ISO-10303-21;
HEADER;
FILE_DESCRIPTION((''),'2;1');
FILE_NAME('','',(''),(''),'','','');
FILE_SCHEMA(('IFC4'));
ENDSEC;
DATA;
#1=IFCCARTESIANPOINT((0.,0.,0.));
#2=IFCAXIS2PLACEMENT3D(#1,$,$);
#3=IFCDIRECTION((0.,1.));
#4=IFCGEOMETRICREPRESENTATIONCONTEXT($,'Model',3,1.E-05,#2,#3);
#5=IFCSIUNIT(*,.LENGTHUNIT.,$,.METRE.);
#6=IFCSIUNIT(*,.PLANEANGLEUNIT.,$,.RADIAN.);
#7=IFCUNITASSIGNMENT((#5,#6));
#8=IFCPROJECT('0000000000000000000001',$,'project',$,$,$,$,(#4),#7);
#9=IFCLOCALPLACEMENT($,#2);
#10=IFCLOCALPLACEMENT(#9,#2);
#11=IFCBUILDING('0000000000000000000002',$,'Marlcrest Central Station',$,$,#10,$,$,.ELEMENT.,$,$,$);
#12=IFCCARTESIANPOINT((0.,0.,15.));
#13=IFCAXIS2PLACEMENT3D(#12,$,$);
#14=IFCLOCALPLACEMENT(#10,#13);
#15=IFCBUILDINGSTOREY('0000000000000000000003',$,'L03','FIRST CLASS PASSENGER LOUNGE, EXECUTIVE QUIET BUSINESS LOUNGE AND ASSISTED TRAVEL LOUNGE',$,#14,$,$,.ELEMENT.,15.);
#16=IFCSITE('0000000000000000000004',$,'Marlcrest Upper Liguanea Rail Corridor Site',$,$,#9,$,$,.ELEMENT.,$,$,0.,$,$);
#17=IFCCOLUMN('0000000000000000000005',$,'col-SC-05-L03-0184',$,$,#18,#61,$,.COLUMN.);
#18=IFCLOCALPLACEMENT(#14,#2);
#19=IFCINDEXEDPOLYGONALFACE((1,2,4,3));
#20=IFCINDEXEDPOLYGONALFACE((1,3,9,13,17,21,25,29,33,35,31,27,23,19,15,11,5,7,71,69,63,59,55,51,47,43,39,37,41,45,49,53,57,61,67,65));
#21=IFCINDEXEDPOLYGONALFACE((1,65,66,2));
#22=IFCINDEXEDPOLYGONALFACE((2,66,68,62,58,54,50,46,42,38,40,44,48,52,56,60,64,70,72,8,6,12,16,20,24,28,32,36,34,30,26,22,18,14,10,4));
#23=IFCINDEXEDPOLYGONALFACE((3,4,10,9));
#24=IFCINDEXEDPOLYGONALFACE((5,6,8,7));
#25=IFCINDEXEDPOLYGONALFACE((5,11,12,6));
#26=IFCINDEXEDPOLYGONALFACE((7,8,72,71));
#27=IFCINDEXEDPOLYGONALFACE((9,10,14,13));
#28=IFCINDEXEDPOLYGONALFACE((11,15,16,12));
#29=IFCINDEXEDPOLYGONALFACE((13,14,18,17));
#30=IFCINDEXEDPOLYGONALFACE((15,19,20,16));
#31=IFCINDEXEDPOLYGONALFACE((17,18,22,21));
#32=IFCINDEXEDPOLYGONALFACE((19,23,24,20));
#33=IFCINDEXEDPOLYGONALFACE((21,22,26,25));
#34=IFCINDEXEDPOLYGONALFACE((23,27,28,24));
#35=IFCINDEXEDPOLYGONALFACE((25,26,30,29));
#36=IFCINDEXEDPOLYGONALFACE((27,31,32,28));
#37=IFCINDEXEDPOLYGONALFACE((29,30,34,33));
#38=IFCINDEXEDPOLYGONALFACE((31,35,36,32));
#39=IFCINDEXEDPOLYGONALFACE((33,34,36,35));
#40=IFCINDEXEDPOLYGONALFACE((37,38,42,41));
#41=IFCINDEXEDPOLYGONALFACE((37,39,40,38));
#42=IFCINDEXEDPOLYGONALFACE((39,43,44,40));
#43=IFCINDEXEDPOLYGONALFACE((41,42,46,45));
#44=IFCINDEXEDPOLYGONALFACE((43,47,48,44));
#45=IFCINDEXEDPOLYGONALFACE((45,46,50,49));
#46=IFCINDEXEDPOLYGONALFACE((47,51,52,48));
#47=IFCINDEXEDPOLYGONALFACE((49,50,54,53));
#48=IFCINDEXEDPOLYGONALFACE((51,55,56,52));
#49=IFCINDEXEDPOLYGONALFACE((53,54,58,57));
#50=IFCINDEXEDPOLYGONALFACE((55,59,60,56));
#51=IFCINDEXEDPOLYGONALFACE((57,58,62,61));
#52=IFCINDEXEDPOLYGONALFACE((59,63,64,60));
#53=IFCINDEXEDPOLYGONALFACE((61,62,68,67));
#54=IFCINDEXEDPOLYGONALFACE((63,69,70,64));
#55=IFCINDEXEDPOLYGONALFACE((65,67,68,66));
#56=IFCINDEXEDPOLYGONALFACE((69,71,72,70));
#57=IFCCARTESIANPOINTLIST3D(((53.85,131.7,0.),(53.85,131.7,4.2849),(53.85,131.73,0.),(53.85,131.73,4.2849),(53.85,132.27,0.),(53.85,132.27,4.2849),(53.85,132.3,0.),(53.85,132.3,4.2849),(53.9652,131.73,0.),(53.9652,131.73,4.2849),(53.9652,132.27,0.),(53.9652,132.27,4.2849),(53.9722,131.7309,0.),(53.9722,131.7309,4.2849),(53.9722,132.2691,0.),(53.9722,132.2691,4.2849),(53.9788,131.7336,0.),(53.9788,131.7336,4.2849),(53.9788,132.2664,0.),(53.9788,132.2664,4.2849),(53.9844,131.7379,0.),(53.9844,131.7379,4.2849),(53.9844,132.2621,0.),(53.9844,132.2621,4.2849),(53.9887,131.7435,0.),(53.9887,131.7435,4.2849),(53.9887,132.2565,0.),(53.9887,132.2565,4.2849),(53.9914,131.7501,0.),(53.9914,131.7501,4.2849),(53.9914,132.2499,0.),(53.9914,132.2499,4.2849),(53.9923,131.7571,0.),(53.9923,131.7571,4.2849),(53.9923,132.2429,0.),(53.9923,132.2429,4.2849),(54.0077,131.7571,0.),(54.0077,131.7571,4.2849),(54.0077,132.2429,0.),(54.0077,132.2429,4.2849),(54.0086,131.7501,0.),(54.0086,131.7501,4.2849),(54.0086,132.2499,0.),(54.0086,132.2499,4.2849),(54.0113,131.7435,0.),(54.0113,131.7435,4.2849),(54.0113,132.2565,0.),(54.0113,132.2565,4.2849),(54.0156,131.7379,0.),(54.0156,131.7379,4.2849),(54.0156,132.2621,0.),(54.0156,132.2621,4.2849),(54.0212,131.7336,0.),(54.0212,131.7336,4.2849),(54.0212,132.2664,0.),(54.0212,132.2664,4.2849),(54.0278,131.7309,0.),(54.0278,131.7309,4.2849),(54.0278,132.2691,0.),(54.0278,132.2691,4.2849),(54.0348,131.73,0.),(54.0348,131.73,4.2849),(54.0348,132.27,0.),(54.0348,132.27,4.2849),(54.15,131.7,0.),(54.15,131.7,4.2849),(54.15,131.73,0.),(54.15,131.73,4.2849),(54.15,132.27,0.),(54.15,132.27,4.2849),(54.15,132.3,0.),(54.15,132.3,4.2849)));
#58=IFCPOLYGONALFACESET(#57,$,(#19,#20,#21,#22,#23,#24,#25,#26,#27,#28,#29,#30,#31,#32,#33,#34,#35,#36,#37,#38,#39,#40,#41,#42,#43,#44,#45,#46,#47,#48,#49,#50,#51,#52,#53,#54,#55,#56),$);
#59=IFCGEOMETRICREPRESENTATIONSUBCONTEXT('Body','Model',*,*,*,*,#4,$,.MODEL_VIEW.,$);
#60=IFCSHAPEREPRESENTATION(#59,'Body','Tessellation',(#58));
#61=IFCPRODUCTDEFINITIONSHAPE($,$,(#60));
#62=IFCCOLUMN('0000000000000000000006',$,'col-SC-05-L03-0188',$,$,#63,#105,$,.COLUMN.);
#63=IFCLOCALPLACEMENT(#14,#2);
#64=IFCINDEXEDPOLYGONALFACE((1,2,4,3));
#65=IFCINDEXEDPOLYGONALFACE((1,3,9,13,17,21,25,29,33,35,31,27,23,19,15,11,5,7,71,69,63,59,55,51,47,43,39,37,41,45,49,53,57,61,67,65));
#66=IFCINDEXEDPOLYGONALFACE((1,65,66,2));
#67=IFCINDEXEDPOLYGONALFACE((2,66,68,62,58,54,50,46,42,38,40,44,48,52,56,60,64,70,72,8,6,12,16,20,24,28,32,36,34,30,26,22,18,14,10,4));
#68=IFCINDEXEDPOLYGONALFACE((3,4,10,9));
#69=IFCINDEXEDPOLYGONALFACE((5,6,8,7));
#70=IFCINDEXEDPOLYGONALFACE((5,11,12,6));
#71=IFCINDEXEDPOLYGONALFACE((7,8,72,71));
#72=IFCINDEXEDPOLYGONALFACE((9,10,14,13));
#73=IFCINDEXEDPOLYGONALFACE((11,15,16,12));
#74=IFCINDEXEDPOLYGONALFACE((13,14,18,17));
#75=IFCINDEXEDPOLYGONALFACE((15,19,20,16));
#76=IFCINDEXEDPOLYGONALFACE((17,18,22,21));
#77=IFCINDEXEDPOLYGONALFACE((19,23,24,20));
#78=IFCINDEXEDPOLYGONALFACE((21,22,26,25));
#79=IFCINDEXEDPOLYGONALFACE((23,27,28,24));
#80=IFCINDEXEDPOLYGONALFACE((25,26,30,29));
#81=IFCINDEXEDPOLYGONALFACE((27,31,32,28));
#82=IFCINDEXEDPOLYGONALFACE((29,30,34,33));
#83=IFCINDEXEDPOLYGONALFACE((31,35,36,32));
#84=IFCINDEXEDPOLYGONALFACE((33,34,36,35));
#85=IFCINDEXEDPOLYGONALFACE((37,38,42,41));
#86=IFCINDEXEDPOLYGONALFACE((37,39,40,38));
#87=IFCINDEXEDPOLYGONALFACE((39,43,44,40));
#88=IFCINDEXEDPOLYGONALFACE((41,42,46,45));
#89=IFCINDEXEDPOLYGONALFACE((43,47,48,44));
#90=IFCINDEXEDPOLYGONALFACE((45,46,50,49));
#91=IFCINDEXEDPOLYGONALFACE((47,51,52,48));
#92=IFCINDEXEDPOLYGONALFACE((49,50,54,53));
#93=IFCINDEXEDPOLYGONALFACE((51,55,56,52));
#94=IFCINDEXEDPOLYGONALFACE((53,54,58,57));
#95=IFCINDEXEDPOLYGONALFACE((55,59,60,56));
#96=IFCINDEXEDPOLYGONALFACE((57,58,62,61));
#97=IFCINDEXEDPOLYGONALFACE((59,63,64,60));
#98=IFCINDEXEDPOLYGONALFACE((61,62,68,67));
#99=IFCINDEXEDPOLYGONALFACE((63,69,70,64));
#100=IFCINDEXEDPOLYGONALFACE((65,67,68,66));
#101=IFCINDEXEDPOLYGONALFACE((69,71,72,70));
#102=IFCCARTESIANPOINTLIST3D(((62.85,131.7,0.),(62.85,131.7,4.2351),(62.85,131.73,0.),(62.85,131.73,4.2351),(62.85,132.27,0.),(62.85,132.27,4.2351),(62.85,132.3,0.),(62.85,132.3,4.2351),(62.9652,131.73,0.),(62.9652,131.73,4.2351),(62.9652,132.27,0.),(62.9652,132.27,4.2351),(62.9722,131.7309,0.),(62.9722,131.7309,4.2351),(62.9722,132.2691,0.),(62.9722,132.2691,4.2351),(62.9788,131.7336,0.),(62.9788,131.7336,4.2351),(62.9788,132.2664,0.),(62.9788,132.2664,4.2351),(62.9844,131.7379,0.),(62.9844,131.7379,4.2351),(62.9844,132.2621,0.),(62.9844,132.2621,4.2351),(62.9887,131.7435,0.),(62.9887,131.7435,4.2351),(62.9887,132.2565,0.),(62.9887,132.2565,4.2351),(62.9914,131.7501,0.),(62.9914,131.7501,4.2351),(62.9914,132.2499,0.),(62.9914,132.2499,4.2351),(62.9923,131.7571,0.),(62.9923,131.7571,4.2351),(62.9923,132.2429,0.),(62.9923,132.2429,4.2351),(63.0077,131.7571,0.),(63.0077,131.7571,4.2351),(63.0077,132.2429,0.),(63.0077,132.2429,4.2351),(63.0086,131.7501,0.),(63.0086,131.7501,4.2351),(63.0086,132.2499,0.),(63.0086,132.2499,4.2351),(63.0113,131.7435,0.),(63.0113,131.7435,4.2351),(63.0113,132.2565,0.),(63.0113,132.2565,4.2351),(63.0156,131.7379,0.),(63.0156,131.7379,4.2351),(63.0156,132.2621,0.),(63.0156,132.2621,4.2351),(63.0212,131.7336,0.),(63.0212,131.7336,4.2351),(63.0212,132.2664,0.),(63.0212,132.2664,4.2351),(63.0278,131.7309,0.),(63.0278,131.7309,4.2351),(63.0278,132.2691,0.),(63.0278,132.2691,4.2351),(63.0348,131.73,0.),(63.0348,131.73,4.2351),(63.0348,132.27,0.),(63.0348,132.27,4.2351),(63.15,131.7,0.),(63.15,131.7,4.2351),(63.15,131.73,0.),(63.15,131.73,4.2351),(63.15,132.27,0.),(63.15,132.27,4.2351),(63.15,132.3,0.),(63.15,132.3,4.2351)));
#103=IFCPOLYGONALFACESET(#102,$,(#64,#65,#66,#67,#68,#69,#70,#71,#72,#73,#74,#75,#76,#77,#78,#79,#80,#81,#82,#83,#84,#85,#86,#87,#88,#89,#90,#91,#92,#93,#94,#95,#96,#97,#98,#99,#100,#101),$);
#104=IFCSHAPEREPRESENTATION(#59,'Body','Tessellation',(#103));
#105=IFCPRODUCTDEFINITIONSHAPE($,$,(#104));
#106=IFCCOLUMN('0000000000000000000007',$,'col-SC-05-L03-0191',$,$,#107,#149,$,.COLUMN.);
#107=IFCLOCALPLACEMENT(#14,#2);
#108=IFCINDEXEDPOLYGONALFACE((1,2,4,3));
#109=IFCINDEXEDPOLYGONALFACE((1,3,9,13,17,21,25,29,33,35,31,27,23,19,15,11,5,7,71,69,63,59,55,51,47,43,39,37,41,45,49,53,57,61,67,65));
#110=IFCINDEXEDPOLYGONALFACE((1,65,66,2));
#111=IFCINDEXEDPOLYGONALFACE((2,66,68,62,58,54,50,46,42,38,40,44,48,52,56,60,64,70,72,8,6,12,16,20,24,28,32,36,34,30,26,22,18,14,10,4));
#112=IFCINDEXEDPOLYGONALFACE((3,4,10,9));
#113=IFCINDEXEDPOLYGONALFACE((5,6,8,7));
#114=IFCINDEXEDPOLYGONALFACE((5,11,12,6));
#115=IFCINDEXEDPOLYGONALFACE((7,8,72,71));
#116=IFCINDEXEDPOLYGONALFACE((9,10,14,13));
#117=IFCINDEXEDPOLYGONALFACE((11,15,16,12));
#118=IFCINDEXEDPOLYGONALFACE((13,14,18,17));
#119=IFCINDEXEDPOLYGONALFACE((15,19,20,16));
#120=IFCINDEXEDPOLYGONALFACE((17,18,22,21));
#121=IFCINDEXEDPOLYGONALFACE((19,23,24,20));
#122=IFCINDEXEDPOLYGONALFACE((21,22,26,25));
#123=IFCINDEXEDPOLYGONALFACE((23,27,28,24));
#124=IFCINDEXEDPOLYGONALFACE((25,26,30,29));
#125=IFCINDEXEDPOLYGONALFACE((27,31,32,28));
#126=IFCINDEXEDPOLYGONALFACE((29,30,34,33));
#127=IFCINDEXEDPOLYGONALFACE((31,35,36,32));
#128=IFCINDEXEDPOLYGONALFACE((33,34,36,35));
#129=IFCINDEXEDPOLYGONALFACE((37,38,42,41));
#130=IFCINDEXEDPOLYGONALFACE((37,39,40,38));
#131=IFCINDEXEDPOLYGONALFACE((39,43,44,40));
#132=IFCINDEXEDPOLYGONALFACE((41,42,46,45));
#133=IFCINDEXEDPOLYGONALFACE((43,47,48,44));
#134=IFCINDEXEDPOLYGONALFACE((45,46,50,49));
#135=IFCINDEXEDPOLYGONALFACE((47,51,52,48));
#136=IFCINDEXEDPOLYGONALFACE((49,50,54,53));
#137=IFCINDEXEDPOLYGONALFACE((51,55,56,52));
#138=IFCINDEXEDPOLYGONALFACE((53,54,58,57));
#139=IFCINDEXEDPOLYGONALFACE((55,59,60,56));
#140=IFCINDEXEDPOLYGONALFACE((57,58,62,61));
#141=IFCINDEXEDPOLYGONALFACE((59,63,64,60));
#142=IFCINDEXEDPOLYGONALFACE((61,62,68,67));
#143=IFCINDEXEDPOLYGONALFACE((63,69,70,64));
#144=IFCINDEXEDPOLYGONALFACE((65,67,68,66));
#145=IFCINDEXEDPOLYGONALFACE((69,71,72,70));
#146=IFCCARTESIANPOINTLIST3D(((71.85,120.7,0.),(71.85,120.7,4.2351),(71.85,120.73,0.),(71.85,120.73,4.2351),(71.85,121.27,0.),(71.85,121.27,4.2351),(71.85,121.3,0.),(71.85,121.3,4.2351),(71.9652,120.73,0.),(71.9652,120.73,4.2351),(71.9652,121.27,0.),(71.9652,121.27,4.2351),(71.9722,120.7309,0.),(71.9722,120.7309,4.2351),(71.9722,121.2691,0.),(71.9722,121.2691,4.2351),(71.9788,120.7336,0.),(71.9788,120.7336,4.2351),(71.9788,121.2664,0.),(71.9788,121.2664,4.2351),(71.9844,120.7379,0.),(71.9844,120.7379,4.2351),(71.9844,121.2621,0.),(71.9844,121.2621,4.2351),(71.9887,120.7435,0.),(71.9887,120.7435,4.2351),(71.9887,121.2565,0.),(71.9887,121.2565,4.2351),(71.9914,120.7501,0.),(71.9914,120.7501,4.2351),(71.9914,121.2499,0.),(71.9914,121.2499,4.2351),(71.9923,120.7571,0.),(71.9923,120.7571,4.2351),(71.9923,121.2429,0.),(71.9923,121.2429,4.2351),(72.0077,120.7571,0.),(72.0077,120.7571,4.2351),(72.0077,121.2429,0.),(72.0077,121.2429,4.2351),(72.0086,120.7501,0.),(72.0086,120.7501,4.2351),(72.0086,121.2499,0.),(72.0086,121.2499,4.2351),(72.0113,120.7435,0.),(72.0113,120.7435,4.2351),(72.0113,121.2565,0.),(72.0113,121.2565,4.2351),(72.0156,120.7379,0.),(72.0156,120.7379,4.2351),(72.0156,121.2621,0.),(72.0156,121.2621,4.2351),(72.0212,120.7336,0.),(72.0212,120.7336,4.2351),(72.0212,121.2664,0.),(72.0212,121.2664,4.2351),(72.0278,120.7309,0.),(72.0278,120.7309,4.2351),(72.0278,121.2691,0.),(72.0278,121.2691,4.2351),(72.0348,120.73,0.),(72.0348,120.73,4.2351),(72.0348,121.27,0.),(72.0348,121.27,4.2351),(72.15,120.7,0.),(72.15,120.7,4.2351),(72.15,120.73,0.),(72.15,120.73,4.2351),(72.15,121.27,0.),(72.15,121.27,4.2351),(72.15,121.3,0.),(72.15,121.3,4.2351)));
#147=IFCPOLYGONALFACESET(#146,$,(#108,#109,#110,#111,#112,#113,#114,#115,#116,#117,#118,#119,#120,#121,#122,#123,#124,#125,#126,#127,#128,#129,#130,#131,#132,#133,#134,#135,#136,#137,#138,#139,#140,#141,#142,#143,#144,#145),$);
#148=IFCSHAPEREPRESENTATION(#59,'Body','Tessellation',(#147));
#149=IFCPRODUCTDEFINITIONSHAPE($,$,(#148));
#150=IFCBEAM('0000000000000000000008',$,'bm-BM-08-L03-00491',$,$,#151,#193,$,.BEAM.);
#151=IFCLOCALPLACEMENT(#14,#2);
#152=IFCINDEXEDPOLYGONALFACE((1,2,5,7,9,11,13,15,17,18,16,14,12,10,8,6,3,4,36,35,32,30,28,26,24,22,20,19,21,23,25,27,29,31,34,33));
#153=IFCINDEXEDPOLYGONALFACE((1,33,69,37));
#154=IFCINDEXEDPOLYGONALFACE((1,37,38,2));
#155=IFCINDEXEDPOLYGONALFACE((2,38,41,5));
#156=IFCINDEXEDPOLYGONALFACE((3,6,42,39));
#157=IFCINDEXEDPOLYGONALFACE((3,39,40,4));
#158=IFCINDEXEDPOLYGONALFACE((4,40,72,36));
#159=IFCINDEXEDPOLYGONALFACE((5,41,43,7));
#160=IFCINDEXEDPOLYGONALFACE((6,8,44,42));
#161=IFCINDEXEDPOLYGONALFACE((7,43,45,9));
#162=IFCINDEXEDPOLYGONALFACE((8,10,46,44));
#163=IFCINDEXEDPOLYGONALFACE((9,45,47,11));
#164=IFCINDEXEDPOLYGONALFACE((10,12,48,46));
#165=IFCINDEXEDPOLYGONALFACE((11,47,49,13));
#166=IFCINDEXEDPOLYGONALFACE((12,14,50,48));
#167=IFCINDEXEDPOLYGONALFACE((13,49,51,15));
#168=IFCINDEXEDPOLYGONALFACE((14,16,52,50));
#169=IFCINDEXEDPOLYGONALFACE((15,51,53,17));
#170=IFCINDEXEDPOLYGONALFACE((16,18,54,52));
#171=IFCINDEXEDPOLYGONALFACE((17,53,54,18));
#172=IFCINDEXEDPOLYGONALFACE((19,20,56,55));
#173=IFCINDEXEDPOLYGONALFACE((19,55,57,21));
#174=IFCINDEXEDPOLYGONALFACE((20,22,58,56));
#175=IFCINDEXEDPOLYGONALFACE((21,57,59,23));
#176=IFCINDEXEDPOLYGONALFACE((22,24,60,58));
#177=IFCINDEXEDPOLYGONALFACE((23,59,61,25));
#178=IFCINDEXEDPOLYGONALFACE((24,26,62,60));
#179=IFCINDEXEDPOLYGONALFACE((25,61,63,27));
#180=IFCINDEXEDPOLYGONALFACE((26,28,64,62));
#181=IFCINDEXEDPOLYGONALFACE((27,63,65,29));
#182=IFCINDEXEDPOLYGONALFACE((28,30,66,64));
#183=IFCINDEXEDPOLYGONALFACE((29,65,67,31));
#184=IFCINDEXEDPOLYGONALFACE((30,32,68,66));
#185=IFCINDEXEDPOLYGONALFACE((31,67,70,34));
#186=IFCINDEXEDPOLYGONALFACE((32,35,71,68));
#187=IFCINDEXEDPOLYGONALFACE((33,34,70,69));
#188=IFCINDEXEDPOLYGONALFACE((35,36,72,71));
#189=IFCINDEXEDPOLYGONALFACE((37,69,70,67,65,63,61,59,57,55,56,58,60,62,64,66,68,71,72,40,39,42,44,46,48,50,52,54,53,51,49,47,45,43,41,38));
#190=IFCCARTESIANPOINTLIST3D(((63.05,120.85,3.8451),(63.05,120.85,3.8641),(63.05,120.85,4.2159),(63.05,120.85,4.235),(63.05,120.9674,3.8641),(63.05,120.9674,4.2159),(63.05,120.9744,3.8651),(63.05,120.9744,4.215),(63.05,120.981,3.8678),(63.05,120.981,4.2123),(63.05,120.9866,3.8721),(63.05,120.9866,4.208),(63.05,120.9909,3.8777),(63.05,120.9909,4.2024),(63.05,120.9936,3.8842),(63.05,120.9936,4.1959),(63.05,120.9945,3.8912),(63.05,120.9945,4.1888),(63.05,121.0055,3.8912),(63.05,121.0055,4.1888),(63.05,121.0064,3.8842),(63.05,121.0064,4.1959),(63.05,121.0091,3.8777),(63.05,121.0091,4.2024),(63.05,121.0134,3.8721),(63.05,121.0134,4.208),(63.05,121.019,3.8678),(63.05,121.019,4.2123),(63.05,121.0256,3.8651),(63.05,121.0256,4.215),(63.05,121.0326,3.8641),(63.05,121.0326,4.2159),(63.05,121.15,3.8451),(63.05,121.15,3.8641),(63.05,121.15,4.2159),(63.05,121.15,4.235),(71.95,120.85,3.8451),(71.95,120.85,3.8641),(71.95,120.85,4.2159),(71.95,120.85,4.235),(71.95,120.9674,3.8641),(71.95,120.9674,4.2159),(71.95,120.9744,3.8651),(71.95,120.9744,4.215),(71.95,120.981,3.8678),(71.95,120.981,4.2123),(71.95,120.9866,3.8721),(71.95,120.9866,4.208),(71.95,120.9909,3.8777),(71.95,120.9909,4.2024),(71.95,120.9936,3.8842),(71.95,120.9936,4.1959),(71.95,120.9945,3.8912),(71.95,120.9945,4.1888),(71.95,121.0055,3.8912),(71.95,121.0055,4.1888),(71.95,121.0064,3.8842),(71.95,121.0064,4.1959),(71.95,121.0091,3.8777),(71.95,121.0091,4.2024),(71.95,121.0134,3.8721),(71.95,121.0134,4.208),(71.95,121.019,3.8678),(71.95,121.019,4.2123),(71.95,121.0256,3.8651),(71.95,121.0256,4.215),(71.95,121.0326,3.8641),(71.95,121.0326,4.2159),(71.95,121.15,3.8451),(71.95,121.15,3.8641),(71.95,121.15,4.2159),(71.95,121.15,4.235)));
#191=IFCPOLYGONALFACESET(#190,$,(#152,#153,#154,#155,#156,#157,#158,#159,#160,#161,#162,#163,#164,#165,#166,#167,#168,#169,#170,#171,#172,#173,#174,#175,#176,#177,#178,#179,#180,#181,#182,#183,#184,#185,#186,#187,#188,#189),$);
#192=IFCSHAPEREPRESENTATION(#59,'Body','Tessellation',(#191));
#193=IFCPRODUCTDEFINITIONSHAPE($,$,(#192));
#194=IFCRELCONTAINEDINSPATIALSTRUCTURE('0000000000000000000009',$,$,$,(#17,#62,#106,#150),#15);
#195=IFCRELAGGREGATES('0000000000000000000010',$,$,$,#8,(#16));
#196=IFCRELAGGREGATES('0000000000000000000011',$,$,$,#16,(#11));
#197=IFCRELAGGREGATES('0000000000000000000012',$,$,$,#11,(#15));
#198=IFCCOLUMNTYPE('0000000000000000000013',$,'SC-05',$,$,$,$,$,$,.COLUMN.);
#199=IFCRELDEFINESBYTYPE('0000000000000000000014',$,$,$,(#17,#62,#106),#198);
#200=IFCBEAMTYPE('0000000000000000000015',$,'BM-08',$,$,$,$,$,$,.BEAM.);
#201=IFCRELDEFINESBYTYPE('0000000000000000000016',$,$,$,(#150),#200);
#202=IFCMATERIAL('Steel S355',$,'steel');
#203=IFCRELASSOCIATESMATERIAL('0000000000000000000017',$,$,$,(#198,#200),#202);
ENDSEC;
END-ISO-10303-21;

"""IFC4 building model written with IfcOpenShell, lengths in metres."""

from ifc_helpers import new_model, si_unit, direction, frame, origin, origin_2d, place, context, subcontext, project, spatial, i_section, extrude, material, material_profile, profile_set, type_object, element, save


model = new_model("IFC4")

# Units and contexts
model_context = context("Model", 3, precision=1e-05, world=origin(), true_north=direction((0.0, 1.0)))
body_context = subcontext(model_context, "Body", "Model", "MODEL_VIEW")
ifc_project = project(units=[si_unit("LENGTHUNIT", "METRE"), si_unit("PLANEANGLEUNIT", "RADIAN")], contexts=[model_context])

# Site, building, storey
site_placement = place(None, origin())
site = spatial("IfcSite", under=ifc_project, at=site_placement, Name="Marlcrest Upper Liguanea Rail Corridor Site", CompositionType="ELEMENT", RefElevation=0.0)
building_placement = place(site_placement, origin())
building = spatial("IfcBuilding", under=site, at=building_placement, Name="Marlcrest Central Station", CompositionType="ELEMENT")
storey_placement = place(building_placement, frame((0.0, 0.0, 15.0)))
storey = spatial("IfcBuildingStorey", under=building, at=storey_placement, Name="L03", Description="FIRST CLASS PASSENGER LOUNGE, EXECUTIVE QUIET BUSINESS LOUNGE AND ASSISTED TRAVEL LOUNGE", CompositionType="ELEMENT", Elevation=15.0)

# Columns
ifc_material_1 = material(Name="Steel S355", Category="steel")
ifc_material_profile_1 = material_profile(ifc_material_1, i_section(OverallWidth=0.3, OverallDepth=0.6001, WebThickness=0.0154, FlangeThickness=0.03, FilletRadius=0.0271, at=origin_2d()), Name="HEB 600")
ifc_profile_set_1 = profile_set([ifc_material_profile_1], Name="Steel S355")
column_type = type_object("IfcColumnType", Name="SC-05", PredefinedType="COLUMN", material=ifc_profile_set_1)
column_placement = place(storey_placement, frame((54.0, 132.0, 0.0), z_axis=(0.0, 0.0, 1.0), x_axis=(1.0, 0.0, 0.0)))
element("IfcColumn", 1, at=column_placement, inside=storey, type_object=column_type, Name="col-SC-05-L03-0184", PredefinedType="COLUMN", context=body_context, shape_type="SweptSolid", body=[
    extrude(i_section(OverallWidth=0.3, OverallDepth=0.6001, WebThickness=0.0154, FlangeThickness=0.03, FilletRadius=0.0271, at=origin_2d()), origin(), (0.0, 0.0, 1.0), 4.2849),
])
for number, where, z_axis, x_axis, name in (
    (2, (63.0, 132.0, 0.0), (0.0, 0.0, 1.0), (1.0, 0.0, 0.0), "col-SC-05-L03-0188"),
    (3, (72.0, 121.0, 0.0), (0.0, 0.0, 1.0), (1.0, 0.0, 0.0), "col-SC-05-L03-0191"),
):
    element("IfcColumn", number, at=place(storey_placement, frame(where, z_axis=z_axis, x_axis=x_axis)), inside=storey, type_object=column_type, Name=name, PredefinedType="COLUMN", context=body_context, shape_type="SweptSolid", body=[
        extrude(i_section(OverallWidth=0.3, OverallDepth=0.6001, WebThickness=0.0154, FlangeThickness=0.03, FilletRadius=0.0271, at=origin_2d()), origin(), (0.0, 0.0, 1.0), 4.2351),
    ])

# Beam
ifc_material_profile_2 = material_profile(ifc_material_1, i_section(OverallWidth=0.3, OverallDepth=0.3899, WebThickness=0.011, FlangeThickness=0.019, FilletRadius=0.0271, at=origin_2d()), Name="HEA 400")
ifc_profile_set_2 = profile_set([ifc_material_profile_2], Name="Steel S355")
beam_type_1 = type_object("IfcBeamType", Name="BM-08", PredefinedType="BEAM", material=ifc_profile_set_2)
beam_1_placement = place(storey_placement, frame((63.05, 121.0, 4.04), z_axis=(1.0, 0.0, 0.0), x_axis=(0.0, 1.0, 0.0)))
element("IfcBeam", 4, at=beam_1_placement, inside=storey, type_object=beam_type_1, Name="bm-BM-08-L03-00491", PredefinedType="BEAM", context=body_context, shape_type="SweptSolid", body=[
    extrude(i_section(OverallWidth=0.3, OverallDepth=0.3899, WebThickness=0.011, FlangeThickness=0.019, FilletRadius=0.0271, at=origin_2d()), origin(), (0.0, 0.0, 1.0), 8.8999),
])

save(model, "model.ifc")
